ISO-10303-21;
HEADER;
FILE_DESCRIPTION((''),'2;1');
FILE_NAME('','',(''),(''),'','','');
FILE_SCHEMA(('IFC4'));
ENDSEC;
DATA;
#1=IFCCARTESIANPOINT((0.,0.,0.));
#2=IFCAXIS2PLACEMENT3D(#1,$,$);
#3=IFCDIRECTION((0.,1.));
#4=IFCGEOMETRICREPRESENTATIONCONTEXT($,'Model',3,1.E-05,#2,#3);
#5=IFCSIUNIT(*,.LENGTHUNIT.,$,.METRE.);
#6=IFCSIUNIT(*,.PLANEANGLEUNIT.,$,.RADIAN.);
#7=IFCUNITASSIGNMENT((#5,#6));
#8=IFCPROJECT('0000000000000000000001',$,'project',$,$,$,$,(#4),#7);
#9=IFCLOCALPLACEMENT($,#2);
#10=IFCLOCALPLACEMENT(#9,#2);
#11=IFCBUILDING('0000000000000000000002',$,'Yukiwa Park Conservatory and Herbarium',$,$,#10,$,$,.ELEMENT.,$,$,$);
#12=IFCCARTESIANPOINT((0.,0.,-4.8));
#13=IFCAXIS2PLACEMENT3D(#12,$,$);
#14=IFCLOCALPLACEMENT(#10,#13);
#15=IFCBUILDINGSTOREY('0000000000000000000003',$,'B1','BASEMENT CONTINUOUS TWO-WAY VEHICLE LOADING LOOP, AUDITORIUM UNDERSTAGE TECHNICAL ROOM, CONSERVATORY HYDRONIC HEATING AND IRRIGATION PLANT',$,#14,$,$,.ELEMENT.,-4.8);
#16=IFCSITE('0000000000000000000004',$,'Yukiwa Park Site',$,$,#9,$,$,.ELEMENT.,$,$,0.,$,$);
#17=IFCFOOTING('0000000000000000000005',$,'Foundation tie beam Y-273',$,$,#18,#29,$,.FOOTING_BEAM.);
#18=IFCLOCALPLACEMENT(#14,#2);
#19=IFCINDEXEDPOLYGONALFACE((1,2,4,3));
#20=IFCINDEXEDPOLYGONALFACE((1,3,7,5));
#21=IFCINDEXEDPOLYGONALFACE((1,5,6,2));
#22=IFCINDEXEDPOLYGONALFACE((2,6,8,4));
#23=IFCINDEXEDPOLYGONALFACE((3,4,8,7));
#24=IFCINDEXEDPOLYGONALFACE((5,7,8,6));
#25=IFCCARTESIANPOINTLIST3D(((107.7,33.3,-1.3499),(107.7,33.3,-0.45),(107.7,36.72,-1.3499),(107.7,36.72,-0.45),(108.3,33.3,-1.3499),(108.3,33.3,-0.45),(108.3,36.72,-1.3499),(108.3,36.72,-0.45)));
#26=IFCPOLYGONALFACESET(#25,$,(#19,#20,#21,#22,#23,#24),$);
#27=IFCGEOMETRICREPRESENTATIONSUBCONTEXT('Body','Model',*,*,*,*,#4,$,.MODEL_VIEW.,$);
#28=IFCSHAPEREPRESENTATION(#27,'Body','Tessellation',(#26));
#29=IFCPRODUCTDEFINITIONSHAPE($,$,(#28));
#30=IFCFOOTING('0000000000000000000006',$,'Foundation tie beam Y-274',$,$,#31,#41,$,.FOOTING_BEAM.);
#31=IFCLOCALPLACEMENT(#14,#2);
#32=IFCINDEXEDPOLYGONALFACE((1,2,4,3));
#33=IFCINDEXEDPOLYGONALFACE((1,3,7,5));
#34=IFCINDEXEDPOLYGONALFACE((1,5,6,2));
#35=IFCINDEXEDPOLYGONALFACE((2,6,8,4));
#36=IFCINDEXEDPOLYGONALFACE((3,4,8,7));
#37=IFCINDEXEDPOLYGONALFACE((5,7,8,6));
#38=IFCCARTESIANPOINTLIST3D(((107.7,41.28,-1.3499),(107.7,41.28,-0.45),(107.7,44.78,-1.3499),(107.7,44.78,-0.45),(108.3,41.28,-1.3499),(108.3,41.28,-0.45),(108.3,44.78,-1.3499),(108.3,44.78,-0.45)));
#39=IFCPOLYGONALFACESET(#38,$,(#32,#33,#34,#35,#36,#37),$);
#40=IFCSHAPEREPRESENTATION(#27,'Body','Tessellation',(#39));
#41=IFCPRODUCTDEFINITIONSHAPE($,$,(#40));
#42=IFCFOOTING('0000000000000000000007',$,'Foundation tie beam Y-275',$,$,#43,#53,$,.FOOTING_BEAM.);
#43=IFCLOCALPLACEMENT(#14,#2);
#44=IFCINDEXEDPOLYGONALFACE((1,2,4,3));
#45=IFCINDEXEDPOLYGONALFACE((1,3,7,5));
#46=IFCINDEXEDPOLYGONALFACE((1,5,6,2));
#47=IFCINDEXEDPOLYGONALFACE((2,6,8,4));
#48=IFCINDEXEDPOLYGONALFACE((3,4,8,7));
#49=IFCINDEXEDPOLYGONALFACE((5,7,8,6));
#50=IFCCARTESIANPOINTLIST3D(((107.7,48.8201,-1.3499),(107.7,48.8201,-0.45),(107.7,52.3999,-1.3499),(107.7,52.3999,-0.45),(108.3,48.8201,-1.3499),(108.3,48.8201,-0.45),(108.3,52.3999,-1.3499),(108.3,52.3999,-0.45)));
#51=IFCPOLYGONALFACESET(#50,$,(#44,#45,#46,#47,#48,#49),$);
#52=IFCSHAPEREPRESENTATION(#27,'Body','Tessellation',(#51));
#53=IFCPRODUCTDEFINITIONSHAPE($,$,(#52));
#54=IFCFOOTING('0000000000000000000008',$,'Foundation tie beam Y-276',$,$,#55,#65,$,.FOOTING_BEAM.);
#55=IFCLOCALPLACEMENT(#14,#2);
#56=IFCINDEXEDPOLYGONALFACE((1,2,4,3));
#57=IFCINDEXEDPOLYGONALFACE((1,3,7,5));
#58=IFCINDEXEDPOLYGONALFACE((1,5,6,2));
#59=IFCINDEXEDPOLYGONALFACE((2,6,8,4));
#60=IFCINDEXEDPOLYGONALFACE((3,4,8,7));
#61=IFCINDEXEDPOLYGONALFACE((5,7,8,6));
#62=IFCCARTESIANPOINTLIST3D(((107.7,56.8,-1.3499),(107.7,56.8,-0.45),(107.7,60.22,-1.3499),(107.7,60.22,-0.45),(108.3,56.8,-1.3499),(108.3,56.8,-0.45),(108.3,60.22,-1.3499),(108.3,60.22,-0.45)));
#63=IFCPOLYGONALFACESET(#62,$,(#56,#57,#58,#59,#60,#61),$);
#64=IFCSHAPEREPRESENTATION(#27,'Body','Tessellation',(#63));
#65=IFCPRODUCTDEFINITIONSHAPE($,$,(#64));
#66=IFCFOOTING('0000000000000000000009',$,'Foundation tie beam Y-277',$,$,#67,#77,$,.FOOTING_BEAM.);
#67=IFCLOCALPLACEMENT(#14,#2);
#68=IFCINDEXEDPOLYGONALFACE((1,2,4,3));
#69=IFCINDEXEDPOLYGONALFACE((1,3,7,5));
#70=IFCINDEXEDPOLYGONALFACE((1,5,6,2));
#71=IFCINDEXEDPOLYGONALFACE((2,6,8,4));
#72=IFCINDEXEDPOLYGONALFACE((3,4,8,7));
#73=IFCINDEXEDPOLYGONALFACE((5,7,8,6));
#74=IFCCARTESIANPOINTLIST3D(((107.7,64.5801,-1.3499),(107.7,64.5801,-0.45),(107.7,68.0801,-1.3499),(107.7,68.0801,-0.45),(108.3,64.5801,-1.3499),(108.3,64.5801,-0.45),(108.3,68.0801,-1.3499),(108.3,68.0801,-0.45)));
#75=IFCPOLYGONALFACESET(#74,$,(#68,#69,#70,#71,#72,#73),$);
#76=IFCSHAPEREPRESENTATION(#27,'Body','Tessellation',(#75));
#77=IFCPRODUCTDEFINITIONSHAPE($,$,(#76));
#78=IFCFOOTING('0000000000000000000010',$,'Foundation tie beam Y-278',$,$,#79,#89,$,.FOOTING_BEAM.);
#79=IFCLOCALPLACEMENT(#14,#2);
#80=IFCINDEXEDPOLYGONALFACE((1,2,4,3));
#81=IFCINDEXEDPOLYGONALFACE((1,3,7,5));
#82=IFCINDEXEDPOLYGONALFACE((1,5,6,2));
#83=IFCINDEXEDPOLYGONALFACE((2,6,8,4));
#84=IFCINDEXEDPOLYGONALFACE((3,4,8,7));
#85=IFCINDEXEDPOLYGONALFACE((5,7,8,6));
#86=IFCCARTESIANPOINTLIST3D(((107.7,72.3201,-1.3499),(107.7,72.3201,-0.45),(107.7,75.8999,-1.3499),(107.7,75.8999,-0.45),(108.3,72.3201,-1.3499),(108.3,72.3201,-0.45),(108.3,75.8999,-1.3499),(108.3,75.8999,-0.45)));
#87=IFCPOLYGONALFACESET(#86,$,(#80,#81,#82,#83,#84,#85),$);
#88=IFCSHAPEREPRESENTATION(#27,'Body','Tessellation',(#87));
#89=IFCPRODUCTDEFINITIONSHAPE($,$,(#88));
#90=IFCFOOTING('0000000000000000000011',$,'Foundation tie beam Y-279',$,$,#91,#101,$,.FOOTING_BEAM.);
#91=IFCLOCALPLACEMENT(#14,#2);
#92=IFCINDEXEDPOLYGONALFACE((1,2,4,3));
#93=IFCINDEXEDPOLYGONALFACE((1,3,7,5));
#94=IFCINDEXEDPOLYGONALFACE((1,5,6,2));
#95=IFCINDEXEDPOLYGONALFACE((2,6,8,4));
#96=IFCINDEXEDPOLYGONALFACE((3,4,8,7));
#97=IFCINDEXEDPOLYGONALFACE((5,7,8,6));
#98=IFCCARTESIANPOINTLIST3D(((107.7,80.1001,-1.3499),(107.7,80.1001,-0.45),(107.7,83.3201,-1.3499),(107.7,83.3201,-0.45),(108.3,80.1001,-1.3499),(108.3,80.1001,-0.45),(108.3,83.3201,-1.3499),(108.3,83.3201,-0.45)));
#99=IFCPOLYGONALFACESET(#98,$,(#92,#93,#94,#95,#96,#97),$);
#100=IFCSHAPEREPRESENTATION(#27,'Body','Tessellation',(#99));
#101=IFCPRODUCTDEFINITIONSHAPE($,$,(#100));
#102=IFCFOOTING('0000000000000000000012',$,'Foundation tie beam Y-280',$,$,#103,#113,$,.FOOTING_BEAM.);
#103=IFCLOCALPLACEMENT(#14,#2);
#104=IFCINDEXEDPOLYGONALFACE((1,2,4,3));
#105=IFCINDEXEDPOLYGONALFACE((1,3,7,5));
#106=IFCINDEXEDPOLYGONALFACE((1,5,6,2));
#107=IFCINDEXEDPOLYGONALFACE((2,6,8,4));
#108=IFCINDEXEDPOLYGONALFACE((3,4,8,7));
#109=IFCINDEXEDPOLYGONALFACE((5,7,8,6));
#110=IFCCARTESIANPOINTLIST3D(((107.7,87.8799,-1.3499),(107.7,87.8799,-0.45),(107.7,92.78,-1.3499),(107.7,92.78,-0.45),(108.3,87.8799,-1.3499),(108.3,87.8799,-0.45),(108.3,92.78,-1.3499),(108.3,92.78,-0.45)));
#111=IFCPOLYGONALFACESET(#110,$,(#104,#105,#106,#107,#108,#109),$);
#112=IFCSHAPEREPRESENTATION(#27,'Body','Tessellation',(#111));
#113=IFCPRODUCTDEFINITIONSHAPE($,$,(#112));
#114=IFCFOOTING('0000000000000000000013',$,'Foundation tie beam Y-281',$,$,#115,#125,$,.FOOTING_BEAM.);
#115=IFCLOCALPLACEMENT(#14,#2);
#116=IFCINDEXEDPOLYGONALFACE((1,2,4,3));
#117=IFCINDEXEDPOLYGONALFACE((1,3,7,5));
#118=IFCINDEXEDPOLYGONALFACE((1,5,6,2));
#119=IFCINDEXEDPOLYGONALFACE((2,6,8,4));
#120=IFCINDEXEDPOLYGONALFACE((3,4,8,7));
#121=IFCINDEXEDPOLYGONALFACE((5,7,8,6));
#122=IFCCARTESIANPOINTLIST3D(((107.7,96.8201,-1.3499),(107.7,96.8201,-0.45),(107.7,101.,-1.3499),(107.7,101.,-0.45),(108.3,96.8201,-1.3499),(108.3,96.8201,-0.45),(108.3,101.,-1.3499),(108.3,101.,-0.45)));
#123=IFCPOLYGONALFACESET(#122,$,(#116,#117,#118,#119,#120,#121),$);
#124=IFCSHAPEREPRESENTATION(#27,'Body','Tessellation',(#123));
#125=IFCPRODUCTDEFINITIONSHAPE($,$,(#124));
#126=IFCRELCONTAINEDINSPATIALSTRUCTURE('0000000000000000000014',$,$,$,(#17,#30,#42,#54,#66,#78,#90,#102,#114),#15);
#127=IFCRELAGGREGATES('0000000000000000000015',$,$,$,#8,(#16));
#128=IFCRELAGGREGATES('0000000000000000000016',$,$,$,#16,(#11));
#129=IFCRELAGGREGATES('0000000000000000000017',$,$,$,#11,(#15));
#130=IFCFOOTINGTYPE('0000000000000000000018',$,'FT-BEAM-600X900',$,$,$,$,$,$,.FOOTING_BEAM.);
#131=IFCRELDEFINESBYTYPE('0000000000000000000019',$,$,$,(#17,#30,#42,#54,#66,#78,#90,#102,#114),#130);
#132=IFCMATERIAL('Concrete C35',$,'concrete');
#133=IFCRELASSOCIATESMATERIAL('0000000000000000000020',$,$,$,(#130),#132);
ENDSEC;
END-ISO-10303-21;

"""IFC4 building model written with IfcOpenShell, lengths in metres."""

from ifc_helpers import new_model, si_unit, direction, frame, origin, place, context, subcontext, project, spatial, polyline, outline, extrude, material, type_object, element, save


model = new_model("IFC4")

# Units and contexts
model_context = context("Model", 3, precision=1e-05, world=origin(), true_north=direction((0.0, 1.0)))
body_context = subcontext(model_context, "Body", "Model", "MODEL_VIEW")
ifc_project = project(units=[si_unit("LENGTHUNIT", "METRE"), si_unit("PLANEANGLEUNIT", "RADIAN")], contexts=[model_context])

# Site, building, storey
site_placement = place(None, origin())
site = spatial("IfcSite", under=ifc_project, at=site_placement, Name="Yukiwa Park Site", CompositionType="ELEMENT", RefElevation=0.0)
building_placement = place(site_placement, origin())
building = spatial("IfcBuilding", under=site, at=building_placement, Name="Yukiwa Park Conservatory and Herbarium", CompositionType="ELEMENT")
storey_placement = place(building_placement, frame((0.0, 0.0, -4.8)))
storey = spatial("IfcBuildingStorey", under=building, at=storey_placement, Name="B1", Description="BASEMENT CONTINUOUS TWO-WAY VEHICLE LOADING LOOP, AUDITORIUM UNDERSTAGE TECHNICAL ROOM, CONSERVATORY HYDRONIC HEATING AND IRRIGATION PLANT", CompositionType="ELEMENT", Elevation=-4.8)

# Footings
ifc_material = material(Name="Concrete C35", Category="concrete")
footing_type = type_object("IfcFootingType", Name="FT-BEAM-600X900", PredefinedType="FOOTING_BEAM", material=ifc_material)
footing_1_placement = place(storey_placement, frame((0.0, 0.0, -1.3499)))
element("IfcFooting", 1, at=footing_1_placement, inside=storey, type_object=footing_type, Name="Foundation tie beam Y-273", PredefinedType="FOOTING_BEAM", context=body_context, shape_type="SweptSolid", body=[
    extrude(outline(polyline([(107.7, 33.3), (108.3, 33.3), (108.3, 36.72), (107.7, 36.72), (107.7, 33.3)])), origin(), (0.0, 0.0, 1.0), 0.8999),
])
footing_2_placement = place(storey_placement, frame((0.0, 0.0, -1.3499)))
element("IfcFooting", 2, at=footing_2_placement, inside=storey, type_object=footing_type, Name="Foundation tie beam Y-274", PredefinedType="FOOTING_BEAM", context=body_context, shape_type="SweptSolid", body=[
    extrude(outline(polyline([(107.7, 41.28), (108.3, 41.28), (108.3, 44.78), (107.7, 44.78), (107.7, 41.28)])), origin(), (0.0, 0.0, 1.0), 0.8999),
])
footing_3_placement = place(storey_placement, frame((0.0, 0.0, -1.3499)))
element("IfcFooting", 3, at=footing_3_placement, inside=storey, type_object=footing_type, Name="Foundation tie beam Y-275", PredefinedType="FOOTING_BEAM", context=body_context, shape_type="SweptSolid", body=[
    extrude(outline(polyline([(107.7, 48.8201), (108.3, 48.8201), (108.3, 52.3999), (107.7, 52.3999), (107.7, 48.8201)])), origin(), (0.0, 0.0, 1.0), 0.8999),
])
footing_4_placement = place(storey_placement, frame((0.0, 0.0, -1.3499)))
element("IfcFooting", 4, at=footing_4_placement, inside=storey, type_object=footing_type, Name="Foundation tie beam Y-276", PredefinedType="FOOTING_BEAM", context=body_context, shape_type="SweptSolid", body=[
    extrude(outline(polyline([(107.7, 56.8), (108.3, 56.8), (108.3, 60.22), (107.7, 60.22), (107.7, 56.8)])), origin(), (0.0, 0.0, 1.0), 0.8999),
])
footing_5_placement = place(storey_placement, frame((0.0, 0.0, -1.3499)))
element("IfcFooting", 5, at=footing_5_placement, inside=storey, type_object=footing_type, Name="Foundation tie beam Y-277", PredefinedType="FOOTING_BEAM", context=body_context, shape_type="SweptSolid", body=[
    extrude(outline(polyline([(107.7, 64.5801), (108.3, 64.5801), (108.3, 68.0801), (107.7, 68.0801), (107.7, 64.5801)])), origin(), (0.0, 0.0, 1.0), 0.8999),
])
footing_6_placement = place(storey_placement, frame((0.0, 0.0, -1.3499)))
element("IfcFooting", 6, at=footing_6_placement, inside=storey, type_object=footing_type, Name="Foundation tie beam Y-278", PredefinedType="FOOTING_BEAM", context=body_context, shape_type="SweptSolid", body=[
    extrude(outline(polyline([(107.7, 72.3201), (108.3, 72.3201), (108.3, 75.8999), (107.7, 75.8999), (107.7, 72.3201)])), origin(), (0.0, 0.0, 1.0), 0.8999),
])
footing_7_placement = place(storey_placement, frame((0.0, 0.0, -1.3499)))
element("IfcFooting", 7, at=footing_7_placement, inside=storey, type_object=footing_type, Name="Foundation tie beam Y-279", PredefinedType="FOOTING_BEAM", context=body_context, shape_type="SweptSolid", body=[
    extrude(outline(polyline([(107.7, 80.1001), (108.3, 80.1001), (108.3, 83.3201), (107.7, 83.3201), (107.7, 80.1001)])), origin(), (0.0, 0.0, 1.0), 0.8999),
])
footing_8_placement = place(storey_placement, frame((0.0, 0.0, -1.3499)))
element("IfcFooting", 8, at=footing_8_placement, inside=storey, type_object=footing_type, Name="Foundation tie beam Y-280", PredefinedType="FOOTING_BEAM", context=body_context, shape_type="SweptSolid", body=[
    extrude(outline(polyline([(107.7, 87.8799), (108.3, 87.8799), (108.3, 92.78), (107.7, 92.78), (107.7, 87.8799)])), origin(), (0.0, 0.0, 1.0), 0.8999),
])
footing_9_placement = place(storey_placement, frame((0.0, 0.0, -1.3499)))
element("IfcFooting", 9, at=footing_9_placement, inside=storey, type_object=footing_type, Name="Foundation tie beam Y-281", PredefinedType="FOOTING_BEAM", context=body_context, shape_type="SweptSolid", body=[
    extrude(outline(polyline([(107.7, 96.8201), (108.3, 96.8201), (108.3, 101.0), (107.7, 101.0), (107.7, 96.8201)])), origin(), (0.0, 0.0, 1.0), 0.8999),
])

save(model, "model.ifc")
